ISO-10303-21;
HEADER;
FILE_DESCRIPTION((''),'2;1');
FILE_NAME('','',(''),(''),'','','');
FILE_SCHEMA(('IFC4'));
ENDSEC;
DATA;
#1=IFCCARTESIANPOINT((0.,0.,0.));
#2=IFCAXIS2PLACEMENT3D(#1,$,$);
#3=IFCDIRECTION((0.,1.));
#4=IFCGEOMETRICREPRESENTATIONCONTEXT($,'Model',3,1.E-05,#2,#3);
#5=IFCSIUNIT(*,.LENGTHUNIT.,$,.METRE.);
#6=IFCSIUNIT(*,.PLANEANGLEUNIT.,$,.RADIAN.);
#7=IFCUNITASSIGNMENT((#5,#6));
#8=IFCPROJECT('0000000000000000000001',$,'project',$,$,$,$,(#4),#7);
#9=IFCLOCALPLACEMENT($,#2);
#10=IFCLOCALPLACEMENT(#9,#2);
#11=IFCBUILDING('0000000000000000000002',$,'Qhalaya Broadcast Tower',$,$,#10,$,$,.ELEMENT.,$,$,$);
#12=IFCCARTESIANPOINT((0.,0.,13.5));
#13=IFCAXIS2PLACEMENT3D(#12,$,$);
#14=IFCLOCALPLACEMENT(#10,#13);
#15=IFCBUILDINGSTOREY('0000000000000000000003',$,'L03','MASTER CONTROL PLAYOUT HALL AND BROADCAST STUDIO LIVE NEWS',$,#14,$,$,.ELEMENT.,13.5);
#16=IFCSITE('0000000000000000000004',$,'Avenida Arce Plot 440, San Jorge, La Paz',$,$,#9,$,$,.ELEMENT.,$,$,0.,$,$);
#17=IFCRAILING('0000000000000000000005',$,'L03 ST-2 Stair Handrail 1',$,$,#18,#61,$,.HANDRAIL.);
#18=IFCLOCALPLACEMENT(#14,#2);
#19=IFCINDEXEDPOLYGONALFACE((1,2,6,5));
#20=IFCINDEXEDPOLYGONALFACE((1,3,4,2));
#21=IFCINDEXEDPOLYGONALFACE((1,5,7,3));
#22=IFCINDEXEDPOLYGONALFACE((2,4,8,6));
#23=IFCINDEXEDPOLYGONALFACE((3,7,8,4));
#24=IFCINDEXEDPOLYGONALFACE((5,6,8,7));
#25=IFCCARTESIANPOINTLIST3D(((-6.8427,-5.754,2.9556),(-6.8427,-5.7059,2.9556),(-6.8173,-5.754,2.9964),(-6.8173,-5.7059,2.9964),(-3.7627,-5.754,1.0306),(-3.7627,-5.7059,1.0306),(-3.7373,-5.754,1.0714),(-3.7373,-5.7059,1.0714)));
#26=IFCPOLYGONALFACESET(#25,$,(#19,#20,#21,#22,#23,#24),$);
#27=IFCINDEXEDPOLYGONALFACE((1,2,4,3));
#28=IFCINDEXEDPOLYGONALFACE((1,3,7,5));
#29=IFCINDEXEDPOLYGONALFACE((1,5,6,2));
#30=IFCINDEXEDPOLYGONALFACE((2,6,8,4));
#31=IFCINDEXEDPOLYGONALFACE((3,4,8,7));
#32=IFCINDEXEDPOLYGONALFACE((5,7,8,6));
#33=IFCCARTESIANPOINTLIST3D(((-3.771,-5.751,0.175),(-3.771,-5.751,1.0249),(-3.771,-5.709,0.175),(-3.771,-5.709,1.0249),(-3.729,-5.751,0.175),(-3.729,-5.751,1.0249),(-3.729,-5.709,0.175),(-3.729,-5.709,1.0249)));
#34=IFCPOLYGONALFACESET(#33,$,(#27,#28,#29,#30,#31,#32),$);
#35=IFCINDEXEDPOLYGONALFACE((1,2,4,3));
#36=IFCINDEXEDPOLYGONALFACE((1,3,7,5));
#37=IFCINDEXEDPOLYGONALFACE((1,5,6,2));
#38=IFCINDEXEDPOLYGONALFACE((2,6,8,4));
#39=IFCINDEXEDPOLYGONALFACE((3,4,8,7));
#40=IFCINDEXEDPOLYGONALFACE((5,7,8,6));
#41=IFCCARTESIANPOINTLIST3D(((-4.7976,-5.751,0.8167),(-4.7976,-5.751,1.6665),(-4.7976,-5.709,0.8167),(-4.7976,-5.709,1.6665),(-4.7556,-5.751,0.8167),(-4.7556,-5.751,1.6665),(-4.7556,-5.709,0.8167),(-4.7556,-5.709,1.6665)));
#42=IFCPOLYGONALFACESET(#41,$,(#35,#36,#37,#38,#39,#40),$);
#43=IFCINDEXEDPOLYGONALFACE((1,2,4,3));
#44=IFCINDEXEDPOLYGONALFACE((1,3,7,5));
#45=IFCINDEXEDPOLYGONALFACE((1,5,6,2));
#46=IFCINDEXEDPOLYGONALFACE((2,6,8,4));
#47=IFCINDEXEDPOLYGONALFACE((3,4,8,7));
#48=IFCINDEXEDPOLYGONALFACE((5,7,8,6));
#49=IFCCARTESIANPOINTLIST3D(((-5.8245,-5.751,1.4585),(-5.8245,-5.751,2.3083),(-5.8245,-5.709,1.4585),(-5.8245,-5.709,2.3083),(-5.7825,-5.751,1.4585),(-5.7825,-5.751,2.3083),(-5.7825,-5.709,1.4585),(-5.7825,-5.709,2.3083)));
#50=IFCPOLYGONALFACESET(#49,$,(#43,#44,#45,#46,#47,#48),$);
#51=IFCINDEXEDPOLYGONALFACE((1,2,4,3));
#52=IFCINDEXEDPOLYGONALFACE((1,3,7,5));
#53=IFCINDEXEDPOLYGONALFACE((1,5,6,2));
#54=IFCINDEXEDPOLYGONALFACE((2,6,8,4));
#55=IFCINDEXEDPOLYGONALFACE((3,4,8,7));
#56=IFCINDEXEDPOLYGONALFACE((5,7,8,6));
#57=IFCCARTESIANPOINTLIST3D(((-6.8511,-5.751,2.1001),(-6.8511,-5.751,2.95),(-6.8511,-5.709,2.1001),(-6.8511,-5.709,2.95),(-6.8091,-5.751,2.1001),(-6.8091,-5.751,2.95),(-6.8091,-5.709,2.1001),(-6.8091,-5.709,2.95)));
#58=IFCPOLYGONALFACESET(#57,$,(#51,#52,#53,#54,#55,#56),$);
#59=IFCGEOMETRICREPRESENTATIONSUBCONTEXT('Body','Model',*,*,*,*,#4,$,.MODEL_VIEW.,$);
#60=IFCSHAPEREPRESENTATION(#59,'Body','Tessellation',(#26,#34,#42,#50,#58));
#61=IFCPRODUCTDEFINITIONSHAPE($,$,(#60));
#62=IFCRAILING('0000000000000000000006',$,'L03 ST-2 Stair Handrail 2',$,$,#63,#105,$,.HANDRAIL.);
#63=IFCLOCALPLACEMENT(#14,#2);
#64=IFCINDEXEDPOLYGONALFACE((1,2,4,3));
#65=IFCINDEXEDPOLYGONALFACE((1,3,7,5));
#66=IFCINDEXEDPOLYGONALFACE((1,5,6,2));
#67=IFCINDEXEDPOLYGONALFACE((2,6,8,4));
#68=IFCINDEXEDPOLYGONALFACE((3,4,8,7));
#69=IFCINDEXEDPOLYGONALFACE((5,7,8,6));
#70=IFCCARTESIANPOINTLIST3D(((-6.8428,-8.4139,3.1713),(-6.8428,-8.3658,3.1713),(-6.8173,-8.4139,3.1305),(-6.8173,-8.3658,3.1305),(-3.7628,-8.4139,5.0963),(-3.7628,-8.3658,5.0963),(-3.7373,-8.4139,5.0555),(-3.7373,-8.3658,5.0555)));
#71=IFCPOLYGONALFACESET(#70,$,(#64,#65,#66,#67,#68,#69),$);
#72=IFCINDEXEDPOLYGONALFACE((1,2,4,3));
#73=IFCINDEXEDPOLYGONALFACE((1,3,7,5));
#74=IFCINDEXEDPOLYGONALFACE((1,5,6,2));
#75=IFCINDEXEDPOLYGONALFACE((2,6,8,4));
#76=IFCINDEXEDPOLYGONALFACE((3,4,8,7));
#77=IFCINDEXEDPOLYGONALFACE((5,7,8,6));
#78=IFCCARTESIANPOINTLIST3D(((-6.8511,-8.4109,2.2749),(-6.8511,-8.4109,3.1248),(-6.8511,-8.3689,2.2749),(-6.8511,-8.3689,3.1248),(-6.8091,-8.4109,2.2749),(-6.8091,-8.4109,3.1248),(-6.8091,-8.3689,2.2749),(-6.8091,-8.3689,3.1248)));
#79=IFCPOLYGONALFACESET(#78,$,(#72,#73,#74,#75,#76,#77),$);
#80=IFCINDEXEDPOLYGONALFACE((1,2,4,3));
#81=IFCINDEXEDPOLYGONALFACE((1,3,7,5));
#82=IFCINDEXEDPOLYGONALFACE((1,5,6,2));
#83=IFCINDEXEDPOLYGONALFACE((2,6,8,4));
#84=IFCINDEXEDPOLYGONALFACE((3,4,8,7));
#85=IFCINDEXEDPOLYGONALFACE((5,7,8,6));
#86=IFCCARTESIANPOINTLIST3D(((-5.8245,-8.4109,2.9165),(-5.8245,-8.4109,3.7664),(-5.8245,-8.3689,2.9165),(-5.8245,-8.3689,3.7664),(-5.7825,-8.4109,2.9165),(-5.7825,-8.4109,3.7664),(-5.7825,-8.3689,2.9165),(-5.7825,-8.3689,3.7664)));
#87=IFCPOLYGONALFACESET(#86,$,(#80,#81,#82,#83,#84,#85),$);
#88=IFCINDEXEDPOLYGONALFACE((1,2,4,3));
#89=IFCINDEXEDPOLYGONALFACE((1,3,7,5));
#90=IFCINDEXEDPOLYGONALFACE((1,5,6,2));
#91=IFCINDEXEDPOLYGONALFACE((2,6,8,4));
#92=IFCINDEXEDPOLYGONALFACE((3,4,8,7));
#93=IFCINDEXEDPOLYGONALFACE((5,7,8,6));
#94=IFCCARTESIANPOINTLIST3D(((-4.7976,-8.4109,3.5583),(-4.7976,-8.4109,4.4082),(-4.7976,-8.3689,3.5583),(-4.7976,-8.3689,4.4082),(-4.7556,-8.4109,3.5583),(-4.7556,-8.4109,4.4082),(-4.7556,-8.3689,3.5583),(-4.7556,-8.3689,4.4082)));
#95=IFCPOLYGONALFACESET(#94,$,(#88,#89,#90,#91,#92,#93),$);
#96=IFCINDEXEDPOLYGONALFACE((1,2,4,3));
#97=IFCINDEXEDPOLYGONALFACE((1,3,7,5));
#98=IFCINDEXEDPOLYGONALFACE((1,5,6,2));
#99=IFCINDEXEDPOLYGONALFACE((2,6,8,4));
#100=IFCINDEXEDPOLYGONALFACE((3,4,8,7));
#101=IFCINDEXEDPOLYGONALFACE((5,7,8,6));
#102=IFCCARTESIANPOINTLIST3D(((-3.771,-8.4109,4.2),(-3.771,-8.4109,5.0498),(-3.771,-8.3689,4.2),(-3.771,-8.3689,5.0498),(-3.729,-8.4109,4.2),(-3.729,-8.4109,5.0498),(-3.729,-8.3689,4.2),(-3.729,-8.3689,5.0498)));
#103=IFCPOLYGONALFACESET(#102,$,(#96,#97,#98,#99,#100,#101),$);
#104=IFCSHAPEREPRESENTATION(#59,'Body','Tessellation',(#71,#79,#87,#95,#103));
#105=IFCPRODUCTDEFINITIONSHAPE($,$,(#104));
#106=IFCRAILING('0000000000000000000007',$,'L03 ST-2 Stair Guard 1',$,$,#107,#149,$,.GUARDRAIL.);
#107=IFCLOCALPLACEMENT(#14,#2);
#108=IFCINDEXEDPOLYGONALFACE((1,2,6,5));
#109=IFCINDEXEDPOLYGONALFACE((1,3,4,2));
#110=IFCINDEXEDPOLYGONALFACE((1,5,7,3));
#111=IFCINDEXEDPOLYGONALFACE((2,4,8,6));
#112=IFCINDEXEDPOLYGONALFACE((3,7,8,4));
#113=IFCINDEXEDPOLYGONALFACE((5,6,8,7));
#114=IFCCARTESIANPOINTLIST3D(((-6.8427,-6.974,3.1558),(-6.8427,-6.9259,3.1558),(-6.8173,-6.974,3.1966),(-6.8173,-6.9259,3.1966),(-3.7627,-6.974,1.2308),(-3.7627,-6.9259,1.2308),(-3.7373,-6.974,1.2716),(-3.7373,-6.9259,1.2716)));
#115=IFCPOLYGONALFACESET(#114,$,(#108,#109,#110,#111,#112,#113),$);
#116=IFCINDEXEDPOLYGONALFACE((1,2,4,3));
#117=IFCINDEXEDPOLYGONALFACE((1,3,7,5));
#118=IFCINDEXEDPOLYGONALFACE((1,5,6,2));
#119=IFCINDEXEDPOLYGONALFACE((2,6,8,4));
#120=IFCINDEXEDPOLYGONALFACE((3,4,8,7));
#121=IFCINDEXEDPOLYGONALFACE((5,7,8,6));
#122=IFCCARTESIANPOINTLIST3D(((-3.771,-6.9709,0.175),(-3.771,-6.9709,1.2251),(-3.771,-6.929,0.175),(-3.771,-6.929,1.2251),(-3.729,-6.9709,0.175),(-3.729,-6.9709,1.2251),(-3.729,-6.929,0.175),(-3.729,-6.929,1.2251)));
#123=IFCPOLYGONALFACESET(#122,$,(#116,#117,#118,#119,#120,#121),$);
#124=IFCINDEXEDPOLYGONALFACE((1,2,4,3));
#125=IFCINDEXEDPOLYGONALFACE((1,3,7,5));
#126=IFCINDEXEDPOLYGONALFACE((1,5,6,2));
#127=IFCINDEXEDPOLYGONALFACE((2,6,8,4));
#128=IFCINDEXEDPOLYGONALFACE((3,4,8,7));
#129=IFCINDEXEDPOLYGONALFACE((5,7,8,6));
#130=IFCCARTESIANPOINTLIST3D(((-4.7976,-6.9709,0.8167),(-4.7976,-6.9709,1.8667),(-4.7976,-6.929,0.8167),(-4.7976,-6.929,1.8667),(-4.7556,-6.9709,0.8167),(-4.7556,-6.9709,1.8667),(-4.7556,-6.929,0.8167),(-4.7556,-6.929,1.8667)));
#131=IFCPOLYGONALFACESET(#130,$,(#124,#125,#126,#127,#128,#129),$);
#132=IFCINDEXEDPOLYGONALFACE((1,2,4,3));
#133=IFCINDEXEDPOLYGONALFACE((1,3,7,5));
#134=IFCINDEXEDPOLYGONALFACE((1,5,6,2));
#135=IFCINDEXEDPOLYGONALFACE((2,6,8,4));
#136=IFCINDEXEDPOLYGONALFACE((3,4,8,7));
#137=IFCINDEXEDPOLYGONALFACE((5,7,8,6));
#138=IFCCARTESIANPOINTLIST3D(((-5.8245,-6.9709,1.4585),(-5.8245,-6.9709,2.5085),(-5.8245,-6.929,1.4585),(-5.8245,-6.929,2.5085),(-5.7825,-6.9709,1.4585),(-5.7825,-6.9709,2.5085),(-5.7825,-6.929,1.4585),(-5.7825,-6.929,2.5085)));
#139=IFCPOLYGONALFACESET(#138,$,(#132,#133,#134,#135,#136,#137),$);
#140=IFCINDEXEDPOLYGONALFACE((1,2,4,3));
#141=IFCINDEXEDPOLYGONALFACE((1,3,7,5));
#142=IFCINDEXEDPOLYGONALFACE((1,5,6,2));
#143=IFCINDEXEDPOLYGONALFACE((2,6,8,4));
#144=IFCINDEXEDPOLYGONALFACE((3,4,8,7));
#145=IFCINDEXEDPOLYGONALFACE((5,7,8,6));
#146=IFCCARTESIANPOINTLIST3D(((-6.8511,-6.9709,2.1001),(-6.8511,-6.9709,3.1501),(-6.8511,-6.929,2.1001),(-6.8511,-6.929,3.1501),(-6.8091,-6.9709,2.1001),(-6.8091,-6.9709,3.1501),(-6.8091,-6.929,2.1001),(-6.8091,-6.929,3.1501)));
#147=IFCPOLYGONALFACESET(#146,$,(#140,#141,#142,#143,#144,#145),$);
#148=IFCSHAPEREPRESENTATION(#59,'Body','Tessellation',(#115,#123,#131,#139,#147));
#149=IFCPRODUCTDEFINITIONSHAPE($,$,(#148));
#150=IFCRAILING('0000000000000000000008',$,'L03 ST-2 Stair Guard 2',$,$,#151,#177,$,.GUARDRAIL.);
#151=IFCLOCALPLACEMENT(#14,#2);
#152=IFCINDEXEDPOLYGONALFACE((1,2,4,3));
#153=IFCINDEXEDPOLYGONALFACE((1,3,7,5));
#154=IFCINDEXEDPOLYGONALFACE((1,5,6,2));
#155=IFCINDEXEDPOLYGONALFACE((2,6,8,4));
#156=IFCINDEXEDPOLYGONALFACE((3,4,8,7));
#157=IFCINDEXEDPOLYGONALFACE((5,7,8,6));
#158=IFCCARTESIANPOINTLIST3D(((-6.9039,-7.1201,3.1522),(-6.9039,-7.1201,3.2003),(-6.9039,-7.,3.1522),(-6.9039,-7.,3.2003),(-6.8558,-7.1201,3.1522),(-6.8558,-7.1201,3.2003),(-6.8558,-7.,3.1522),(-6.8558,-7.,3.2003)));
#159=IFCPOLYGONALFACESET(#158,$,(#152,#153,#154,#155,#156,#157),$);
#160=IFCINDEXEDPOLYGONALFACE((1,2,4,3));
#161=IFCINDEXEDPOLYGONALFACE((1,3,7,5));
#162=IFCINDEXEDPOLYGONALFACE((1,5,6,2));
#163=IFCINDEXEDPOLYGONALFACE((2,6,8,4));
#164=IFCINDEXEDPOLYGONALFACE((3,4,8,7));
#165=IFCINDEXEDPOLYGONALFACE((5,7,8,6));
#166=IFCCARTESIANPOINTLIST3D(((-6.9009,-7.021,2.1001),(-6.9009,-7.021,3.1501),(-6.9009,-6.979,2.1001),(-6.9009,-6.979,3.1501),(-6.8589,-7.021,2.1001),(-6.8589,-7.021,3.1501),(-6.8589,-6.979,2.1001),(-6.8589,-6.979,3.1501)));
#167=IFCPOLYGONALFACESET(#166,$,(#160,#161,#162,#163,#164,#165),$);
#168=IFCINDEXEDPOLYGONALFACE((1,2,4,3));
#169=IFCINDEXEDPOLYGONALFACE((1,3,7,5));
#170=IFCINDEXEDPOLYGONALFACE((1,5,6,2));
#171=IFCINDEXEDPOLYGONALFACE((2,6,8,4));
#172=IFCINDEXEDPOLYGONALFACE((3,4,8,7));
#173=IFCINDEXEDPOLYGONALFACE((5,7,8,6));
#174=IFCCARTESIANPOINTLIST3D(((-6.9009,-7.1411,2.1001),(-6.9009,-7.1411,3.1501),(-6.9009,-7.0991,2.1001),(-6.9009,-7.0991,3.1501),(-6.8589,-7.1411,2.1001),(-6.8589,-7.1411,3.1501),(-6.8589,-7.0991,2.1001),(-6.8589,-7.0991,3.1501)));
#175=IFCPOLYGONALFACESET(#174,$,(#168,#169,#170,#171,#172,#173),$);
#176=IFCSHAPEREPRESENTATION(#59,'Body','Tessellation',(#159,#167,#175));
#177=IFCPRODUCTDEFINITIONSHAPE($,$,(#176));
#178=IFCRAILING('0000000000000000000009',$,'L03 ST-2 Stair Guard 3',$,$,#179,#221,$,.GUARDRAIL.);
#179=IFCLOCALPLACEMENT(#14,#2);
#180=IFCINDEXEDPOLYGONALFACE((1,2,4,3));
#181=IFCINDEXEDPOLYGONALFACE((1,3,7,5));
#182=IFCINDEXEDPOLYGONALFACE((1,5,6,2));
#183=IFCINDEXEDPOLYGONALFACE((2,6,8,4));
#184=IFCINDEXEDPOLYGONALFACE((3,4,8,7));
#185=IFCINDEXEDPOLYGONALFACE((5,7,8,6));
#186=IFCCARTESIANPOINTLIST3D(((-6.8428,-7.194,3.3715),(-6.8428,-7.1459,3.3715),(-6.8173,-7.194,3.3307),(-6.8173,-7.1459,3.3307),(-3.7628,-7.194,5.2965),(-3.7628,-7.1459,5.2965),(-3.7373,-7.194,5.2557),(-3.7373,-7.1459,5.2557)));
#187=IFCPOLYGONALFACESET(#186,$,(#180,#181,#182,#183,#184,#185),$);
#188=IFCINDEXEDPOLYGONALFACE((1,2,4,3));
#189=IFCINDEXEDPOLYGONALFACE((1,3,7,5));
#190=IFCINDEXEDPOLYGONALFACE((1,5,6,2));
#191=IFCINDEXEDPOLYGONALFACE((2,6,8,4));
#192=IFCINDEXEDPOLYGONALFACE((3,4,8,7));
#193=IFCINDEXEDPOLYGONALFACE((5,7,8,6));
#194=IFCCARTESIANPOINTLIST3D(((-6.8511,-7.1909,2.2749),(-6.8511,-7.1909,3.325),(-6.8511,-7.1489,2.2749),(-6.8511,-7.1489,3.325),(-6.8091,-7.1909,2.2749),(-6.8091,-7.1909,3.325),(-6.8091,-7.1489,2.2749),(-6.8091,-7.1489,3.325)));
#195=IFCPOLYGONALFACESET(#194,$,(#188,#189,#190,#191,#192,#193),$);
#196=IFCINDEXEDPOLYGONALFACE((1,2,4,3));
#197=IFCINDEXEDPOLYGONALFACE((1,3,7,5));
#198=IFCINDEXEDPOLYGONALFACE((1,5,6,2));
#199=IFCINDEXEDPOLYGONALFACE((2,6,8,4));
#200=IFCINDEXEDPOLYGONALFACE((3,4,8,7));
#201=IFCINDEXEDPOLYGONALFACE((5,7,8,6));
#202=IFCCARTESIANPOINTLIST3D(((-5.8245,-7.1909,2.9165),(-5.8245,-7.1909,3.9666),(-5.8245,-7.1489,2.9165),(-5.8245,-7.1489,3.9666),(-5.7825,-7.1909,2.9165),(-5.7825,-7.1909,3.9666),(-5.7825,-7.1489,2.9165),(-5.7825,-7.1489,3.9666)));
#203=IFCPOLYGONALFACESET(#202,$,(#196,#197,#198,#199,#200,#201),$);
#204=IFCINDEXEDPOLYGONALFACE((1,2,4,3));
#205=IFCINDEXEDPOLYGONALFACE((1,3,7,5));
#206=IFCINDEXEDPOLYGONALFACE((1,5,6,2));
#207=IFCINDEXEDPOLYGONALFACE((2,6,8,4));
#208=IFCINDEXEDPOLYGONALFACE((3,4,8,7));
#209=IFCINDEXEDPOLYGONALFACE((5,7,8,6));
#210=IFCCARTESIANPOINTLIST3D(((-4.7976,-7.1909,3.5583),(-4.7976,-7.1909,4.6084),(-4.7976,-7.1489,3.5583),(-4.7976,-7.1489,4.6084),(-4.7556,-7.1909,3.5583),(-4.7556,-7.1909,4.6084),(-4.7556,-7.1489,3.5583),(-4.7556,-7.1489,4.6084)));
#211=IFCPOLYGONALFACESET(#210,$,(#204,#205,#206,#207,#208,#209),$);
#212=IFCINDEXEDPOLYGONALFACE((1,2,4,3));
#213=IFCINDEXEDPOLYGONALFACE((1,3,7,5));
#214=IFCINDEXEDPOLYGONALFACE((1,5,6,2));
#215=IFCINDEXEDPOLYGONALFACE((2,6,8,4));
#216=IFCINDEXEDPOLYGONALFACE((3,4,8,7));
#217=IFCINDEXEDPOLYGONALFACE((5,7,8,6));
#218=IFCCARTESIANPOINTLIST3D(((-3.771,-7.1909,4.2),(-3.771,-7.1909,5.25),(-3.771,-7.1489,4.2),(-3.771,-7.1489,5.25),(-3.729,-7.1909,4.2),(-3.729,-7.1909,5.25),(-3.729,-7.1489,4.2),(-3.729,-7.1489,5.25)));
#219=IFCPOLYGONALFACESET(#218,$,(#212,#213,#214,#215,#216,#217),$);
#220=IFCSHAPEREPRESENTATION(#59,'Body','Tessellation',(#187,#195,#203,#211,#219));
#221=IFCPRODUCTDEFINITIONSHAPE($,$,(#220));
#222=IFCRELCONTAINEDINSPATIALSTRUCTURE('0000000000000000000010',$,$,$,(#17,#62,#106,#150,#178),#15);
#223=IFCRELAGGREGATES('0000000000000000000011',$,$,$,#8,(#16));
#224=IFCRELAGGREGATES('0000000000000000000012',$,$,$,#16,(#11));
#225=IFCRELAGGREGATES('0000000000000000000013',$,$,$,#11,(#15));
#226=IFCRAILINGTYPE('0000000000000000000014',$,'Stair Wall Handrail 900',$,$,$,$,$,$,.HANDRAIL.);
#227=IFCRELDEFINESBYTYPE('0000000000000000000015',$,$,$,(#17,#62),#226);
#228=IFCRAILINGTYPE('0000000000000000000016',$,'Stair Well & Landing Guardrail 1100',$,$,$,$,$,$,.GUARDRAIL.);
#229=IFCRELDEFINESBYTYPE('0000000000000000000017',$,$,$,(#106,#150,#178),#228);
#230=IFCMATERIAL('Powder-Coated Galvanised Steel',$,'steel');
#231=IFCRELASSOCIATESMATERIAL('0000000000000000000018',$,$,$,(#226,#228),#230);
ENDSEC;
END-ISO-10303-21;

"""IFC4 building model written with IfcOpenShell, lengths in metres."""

from ifc_helpers import new_model, si_unit, direction, frame, origin, origin_2d, place, context, subcontext, project, spatial, rectangle, extrude, material, type_object, element, save


model = new_model("IFC4")

# Units and contexts
model_context = context("Model", 3, precision=1e-05, world=origin(), true_north=direction((0.0, 1.0)))
body_context = subcontext(model_context, "Body", "Model", "MODEL_VIEW")
ifc_project = project(units=[si_unit("LENGTHUNIT", "METRE"), si_unit("PLANEANGLEUNIT", "RADIAN")], contexts=[model_context])

# Site, building, storey
site_placement = place(None, origin())
site = spatial("IfcSite", under=ifc_project, at=site_placement, Name="Avenida Arce Plot 440, San Jorge, La Paz", CompositionType="ELEMENT", RefElevation=0.0)
building_placement = place(site_placement, origin())
building = spatial("IfcBuilding", under=site, at=building_placement, Name="Qhalaya Broadcast Tower", CompositionType="ELEMENT")
storey_placement = place(building_placement, frame((0.0, 0.0, 13.5)))
storey = spatial("IfcBuildingStorey", under=building, at=storey_placement, Name="L03", Description="MASTER CONTROL PLAYOUT HALL AND BROADCAST STUDIO LIVE NEWS", CompositionType="ELEMENT", Elevation=13.5)

# Railings
ifc_material_1 = material(Name="Powder-Coated Galvanised Steel", Category="steel")
railing_type_1 = type_object("IfcRailingType", Name="Stair Wall Handrail 900", PredefinedType="HANDRAIL", material=ifc_material_1)
railing_1_placement = place(storey_placement, frame((-3.75, -5.73, 0.175)))
element("IfcRailing", 1, at=railing_1_placement, inside=storey, type_object=railing_type_1, Name="L03 ST-2 Stair Handrail 1", PredefinedType="HANDRAIL", context=body_context, shape_type="SweptSolid", body=[
    extrude(rectangle(XDim=0.0481, YDim=0.0481, at=origin_2d()), frame((0.0, 0.0, 0.876), z_axis=(-0.847998, 0.0, 0.529999), x_axis=(0.0, -1.0, 0.0)), (0.0, 0.0, 1.0), 3.6321),
    extrude(rectangle(XDim=0.042, YDim=0.042, at=origin_2d()), origin(), (0.0, 0.0, 1.0), 0.8499),
    extrude(rectangle(XDim=0.042, YDim=0.042, at=origin_2d()), frame((-1.0266, 0.0, 0.6416)), (0.0, 0.0, 1.0), 0.8499),
    extrude(rectangle(XDim=0.042, YDim=0.042, at=origin_2d()), frame((-2.0535, 0.0, 1.2834)), (0.0, 0.0, 1.0), 0.8499),
    extrude(rectangle(XDim=0.042, YDim=0.042, at=origin_2d()), frame((-3.0801, 0.0, 1.925)), (0.0, 0.0, 1.0), 0.8499),
])
railing_2_placement = place(storey_placement, frame((-6.8301, -8.3899, 2.2749)))
element("IfcRailing", 2, at=railing_2_placement, inside=storey, type_object=railing_type_1, Name="L03 ST-2 Stair Handrail 2", PredefinedType="HANDRAIL", context=body_context, shape_type="SweptSolid", body=[
    extrude(rectangle(XDim=0.0481, YDim=0.0481, at=origin_2d()), frame((0.0, 0.0, 0.876), z_axis=(0.847998, 0.0, 0.529999), x_axis=(0.0, 1.0, 0.0)), (0.0, 0.0, 1.0), 3.6321),
    extrude(rectangle(XDim=0.042, YDim=0.042, at=origin_2d()), origin(), (0.0, 0.0, 1.0), 0.8499),
    extrude(rectangle(XDim=0.042, YDim=0.042, at=origin_2d()), frame((1.0266, 0.0, 0.6416)), (0.0, 0.0, 1.0), 0.8499),
    extrude(rectangle(XDim=0.042, YDim=0.042, at=origin_2d()), frame((2.0535, 0.0, 1.2834)), (0.0, 0.0, 1.0), 0.8499),
    extrude(rectangle(XDim=0.042, YDim=0.042, at=origin_2d()), frame((3.0801, 0.0, 1.925)), (0.0, 0.0, 1.0), 0.8499),
])
railing_type_2 = type_object("IfcRailingType", Name="Stair Well & Landing Guardrail 1100", PredefinedType="GUARDRAIL", material=ifc_material_1)
railing_3_placement = place(storey_placement, frame((-3.75, -6.95, 0.175)))
element("IfcRailing", 3, at=railing_3_placement, inside=storey, type_object=railing_type_2, Name="L03 ST-2 Stair Guard 1", PredefinedType="GUARDRAIL", context=body_context, shape_type="SweptSolid", body=[
    extrude(rectangle(XDim=0.0481, YDim=0.0481, at=origin_2d()), frame((0.0, 0.0, 1.0762), z_axis=(-0.847998, 0.0, 0.529999), x_axis=(0.0, -1.0, 0.0)), (0.0, 0.0, 1.0), 3.6321),
    extrude(rectangle(XDim=0.042, YDim=0.042, at=origin_2d()), origin(), (0.0, 0.0, 1.0), 1.05),
    extrude(rectangle(XDim=0.042, YDim=0.042, at=origin_2d()), frame((-1.0266, 0.0, 0.6416)), (0.0, 0.0, 1.0), 1.05),
    extrude(rectangle(XDim=0.042, YDim=0.042, at=origin_2d()), frame((-2.0535, 0.0, 1.2834)), (0.0, 0.0, 1.0), 1.05),
    extrude(rectangle(XDim=0.042, YDim=0.042, at=origin_2d()), frame((-3.0801, 0.0, 1.925)), (0.0, 0.0, 1.0), 1.05),
])
railing_4_placement = place(storey_placement, frame((-6.8799, -7.0, 2.1001)))
element("IfcRailing", 4, at=railing_4_placement, inside=storey, type_object=railing_type_2, Name="L03 ST-2 Stair Guard 2", PredefinedType="GUARDRAIL", context=body_context, shape_type="SweptSolid", body=[
    extrude(rectangle(XDim=0.0481, YDim=0.0481, at=origin_2d()), frame((0.0, 0.0, 1.0762), z_axis=(0.0, -1.0, 0.0), x_axis=(1.0, 0.0, 0.0)), (0.0, 0.0, 1.0), 0.1201),
    extrude(rectangle(XDim=0.042, YDim=0.042, at=origin_2d()), origin(), (0.0, 0.0, 1.0), 1.05),
    extrude(rectangle(XDim=0.042, YDim=0.042, at=origin_2d()), frame((0.0, -0.1201, 0.0)), (0.0, 0.0, 1.0), 1.05),
])
railing_5_placement = place(storey_placement, frame((-6.8301, -7.1699, 2.2749)))
element("IfcRailing", 5, at=railing_5_placement, inside=storey, type_object=railing_type_2, Name="L03 ST-2 Stair Guard 3", PredefinedType="GUARDRAIL", context=body_context, shape_type="SweptSolid", body=[
    extrude(rectangle(XDim=0.0481, YDim=0.0481, at=origin_2d()), frame((0.0, 0.0, 1.0762), z_axis=(0.847998, 0.0, 0.529999), x_axis=(0.0, 1.0, 0.0)), (0.0, 0.0, 1.0), 3.6321),
    extrude(rectangle(XDim=0.042, YDim=0.042, at=origin_2d()), origin(), (0.0, 0.0, 1.0), 1.05),
    extrude(rectangle(XDim=0.042, YDim=0.042, at=origin_2d()), frame((1.0266, 0.0, 0.6416)), (0.0, 0.0, 1.0), 1.05),
    extrude(rectangle(XDim=0.042, YDim=0.042, at=origin_2d()), frame((2.0535, 0.0, 1.2834)), (0.0, 0.0, 1.0), 1.05),
    extrude(rectangle(XDim=0.042, YDim=0.042, at=origin_2d()), frame((3.0801, 0.0, 1.925)), (0.0, 0.0, 1.0), 1.05),
])

save(model, "model.ifc")
